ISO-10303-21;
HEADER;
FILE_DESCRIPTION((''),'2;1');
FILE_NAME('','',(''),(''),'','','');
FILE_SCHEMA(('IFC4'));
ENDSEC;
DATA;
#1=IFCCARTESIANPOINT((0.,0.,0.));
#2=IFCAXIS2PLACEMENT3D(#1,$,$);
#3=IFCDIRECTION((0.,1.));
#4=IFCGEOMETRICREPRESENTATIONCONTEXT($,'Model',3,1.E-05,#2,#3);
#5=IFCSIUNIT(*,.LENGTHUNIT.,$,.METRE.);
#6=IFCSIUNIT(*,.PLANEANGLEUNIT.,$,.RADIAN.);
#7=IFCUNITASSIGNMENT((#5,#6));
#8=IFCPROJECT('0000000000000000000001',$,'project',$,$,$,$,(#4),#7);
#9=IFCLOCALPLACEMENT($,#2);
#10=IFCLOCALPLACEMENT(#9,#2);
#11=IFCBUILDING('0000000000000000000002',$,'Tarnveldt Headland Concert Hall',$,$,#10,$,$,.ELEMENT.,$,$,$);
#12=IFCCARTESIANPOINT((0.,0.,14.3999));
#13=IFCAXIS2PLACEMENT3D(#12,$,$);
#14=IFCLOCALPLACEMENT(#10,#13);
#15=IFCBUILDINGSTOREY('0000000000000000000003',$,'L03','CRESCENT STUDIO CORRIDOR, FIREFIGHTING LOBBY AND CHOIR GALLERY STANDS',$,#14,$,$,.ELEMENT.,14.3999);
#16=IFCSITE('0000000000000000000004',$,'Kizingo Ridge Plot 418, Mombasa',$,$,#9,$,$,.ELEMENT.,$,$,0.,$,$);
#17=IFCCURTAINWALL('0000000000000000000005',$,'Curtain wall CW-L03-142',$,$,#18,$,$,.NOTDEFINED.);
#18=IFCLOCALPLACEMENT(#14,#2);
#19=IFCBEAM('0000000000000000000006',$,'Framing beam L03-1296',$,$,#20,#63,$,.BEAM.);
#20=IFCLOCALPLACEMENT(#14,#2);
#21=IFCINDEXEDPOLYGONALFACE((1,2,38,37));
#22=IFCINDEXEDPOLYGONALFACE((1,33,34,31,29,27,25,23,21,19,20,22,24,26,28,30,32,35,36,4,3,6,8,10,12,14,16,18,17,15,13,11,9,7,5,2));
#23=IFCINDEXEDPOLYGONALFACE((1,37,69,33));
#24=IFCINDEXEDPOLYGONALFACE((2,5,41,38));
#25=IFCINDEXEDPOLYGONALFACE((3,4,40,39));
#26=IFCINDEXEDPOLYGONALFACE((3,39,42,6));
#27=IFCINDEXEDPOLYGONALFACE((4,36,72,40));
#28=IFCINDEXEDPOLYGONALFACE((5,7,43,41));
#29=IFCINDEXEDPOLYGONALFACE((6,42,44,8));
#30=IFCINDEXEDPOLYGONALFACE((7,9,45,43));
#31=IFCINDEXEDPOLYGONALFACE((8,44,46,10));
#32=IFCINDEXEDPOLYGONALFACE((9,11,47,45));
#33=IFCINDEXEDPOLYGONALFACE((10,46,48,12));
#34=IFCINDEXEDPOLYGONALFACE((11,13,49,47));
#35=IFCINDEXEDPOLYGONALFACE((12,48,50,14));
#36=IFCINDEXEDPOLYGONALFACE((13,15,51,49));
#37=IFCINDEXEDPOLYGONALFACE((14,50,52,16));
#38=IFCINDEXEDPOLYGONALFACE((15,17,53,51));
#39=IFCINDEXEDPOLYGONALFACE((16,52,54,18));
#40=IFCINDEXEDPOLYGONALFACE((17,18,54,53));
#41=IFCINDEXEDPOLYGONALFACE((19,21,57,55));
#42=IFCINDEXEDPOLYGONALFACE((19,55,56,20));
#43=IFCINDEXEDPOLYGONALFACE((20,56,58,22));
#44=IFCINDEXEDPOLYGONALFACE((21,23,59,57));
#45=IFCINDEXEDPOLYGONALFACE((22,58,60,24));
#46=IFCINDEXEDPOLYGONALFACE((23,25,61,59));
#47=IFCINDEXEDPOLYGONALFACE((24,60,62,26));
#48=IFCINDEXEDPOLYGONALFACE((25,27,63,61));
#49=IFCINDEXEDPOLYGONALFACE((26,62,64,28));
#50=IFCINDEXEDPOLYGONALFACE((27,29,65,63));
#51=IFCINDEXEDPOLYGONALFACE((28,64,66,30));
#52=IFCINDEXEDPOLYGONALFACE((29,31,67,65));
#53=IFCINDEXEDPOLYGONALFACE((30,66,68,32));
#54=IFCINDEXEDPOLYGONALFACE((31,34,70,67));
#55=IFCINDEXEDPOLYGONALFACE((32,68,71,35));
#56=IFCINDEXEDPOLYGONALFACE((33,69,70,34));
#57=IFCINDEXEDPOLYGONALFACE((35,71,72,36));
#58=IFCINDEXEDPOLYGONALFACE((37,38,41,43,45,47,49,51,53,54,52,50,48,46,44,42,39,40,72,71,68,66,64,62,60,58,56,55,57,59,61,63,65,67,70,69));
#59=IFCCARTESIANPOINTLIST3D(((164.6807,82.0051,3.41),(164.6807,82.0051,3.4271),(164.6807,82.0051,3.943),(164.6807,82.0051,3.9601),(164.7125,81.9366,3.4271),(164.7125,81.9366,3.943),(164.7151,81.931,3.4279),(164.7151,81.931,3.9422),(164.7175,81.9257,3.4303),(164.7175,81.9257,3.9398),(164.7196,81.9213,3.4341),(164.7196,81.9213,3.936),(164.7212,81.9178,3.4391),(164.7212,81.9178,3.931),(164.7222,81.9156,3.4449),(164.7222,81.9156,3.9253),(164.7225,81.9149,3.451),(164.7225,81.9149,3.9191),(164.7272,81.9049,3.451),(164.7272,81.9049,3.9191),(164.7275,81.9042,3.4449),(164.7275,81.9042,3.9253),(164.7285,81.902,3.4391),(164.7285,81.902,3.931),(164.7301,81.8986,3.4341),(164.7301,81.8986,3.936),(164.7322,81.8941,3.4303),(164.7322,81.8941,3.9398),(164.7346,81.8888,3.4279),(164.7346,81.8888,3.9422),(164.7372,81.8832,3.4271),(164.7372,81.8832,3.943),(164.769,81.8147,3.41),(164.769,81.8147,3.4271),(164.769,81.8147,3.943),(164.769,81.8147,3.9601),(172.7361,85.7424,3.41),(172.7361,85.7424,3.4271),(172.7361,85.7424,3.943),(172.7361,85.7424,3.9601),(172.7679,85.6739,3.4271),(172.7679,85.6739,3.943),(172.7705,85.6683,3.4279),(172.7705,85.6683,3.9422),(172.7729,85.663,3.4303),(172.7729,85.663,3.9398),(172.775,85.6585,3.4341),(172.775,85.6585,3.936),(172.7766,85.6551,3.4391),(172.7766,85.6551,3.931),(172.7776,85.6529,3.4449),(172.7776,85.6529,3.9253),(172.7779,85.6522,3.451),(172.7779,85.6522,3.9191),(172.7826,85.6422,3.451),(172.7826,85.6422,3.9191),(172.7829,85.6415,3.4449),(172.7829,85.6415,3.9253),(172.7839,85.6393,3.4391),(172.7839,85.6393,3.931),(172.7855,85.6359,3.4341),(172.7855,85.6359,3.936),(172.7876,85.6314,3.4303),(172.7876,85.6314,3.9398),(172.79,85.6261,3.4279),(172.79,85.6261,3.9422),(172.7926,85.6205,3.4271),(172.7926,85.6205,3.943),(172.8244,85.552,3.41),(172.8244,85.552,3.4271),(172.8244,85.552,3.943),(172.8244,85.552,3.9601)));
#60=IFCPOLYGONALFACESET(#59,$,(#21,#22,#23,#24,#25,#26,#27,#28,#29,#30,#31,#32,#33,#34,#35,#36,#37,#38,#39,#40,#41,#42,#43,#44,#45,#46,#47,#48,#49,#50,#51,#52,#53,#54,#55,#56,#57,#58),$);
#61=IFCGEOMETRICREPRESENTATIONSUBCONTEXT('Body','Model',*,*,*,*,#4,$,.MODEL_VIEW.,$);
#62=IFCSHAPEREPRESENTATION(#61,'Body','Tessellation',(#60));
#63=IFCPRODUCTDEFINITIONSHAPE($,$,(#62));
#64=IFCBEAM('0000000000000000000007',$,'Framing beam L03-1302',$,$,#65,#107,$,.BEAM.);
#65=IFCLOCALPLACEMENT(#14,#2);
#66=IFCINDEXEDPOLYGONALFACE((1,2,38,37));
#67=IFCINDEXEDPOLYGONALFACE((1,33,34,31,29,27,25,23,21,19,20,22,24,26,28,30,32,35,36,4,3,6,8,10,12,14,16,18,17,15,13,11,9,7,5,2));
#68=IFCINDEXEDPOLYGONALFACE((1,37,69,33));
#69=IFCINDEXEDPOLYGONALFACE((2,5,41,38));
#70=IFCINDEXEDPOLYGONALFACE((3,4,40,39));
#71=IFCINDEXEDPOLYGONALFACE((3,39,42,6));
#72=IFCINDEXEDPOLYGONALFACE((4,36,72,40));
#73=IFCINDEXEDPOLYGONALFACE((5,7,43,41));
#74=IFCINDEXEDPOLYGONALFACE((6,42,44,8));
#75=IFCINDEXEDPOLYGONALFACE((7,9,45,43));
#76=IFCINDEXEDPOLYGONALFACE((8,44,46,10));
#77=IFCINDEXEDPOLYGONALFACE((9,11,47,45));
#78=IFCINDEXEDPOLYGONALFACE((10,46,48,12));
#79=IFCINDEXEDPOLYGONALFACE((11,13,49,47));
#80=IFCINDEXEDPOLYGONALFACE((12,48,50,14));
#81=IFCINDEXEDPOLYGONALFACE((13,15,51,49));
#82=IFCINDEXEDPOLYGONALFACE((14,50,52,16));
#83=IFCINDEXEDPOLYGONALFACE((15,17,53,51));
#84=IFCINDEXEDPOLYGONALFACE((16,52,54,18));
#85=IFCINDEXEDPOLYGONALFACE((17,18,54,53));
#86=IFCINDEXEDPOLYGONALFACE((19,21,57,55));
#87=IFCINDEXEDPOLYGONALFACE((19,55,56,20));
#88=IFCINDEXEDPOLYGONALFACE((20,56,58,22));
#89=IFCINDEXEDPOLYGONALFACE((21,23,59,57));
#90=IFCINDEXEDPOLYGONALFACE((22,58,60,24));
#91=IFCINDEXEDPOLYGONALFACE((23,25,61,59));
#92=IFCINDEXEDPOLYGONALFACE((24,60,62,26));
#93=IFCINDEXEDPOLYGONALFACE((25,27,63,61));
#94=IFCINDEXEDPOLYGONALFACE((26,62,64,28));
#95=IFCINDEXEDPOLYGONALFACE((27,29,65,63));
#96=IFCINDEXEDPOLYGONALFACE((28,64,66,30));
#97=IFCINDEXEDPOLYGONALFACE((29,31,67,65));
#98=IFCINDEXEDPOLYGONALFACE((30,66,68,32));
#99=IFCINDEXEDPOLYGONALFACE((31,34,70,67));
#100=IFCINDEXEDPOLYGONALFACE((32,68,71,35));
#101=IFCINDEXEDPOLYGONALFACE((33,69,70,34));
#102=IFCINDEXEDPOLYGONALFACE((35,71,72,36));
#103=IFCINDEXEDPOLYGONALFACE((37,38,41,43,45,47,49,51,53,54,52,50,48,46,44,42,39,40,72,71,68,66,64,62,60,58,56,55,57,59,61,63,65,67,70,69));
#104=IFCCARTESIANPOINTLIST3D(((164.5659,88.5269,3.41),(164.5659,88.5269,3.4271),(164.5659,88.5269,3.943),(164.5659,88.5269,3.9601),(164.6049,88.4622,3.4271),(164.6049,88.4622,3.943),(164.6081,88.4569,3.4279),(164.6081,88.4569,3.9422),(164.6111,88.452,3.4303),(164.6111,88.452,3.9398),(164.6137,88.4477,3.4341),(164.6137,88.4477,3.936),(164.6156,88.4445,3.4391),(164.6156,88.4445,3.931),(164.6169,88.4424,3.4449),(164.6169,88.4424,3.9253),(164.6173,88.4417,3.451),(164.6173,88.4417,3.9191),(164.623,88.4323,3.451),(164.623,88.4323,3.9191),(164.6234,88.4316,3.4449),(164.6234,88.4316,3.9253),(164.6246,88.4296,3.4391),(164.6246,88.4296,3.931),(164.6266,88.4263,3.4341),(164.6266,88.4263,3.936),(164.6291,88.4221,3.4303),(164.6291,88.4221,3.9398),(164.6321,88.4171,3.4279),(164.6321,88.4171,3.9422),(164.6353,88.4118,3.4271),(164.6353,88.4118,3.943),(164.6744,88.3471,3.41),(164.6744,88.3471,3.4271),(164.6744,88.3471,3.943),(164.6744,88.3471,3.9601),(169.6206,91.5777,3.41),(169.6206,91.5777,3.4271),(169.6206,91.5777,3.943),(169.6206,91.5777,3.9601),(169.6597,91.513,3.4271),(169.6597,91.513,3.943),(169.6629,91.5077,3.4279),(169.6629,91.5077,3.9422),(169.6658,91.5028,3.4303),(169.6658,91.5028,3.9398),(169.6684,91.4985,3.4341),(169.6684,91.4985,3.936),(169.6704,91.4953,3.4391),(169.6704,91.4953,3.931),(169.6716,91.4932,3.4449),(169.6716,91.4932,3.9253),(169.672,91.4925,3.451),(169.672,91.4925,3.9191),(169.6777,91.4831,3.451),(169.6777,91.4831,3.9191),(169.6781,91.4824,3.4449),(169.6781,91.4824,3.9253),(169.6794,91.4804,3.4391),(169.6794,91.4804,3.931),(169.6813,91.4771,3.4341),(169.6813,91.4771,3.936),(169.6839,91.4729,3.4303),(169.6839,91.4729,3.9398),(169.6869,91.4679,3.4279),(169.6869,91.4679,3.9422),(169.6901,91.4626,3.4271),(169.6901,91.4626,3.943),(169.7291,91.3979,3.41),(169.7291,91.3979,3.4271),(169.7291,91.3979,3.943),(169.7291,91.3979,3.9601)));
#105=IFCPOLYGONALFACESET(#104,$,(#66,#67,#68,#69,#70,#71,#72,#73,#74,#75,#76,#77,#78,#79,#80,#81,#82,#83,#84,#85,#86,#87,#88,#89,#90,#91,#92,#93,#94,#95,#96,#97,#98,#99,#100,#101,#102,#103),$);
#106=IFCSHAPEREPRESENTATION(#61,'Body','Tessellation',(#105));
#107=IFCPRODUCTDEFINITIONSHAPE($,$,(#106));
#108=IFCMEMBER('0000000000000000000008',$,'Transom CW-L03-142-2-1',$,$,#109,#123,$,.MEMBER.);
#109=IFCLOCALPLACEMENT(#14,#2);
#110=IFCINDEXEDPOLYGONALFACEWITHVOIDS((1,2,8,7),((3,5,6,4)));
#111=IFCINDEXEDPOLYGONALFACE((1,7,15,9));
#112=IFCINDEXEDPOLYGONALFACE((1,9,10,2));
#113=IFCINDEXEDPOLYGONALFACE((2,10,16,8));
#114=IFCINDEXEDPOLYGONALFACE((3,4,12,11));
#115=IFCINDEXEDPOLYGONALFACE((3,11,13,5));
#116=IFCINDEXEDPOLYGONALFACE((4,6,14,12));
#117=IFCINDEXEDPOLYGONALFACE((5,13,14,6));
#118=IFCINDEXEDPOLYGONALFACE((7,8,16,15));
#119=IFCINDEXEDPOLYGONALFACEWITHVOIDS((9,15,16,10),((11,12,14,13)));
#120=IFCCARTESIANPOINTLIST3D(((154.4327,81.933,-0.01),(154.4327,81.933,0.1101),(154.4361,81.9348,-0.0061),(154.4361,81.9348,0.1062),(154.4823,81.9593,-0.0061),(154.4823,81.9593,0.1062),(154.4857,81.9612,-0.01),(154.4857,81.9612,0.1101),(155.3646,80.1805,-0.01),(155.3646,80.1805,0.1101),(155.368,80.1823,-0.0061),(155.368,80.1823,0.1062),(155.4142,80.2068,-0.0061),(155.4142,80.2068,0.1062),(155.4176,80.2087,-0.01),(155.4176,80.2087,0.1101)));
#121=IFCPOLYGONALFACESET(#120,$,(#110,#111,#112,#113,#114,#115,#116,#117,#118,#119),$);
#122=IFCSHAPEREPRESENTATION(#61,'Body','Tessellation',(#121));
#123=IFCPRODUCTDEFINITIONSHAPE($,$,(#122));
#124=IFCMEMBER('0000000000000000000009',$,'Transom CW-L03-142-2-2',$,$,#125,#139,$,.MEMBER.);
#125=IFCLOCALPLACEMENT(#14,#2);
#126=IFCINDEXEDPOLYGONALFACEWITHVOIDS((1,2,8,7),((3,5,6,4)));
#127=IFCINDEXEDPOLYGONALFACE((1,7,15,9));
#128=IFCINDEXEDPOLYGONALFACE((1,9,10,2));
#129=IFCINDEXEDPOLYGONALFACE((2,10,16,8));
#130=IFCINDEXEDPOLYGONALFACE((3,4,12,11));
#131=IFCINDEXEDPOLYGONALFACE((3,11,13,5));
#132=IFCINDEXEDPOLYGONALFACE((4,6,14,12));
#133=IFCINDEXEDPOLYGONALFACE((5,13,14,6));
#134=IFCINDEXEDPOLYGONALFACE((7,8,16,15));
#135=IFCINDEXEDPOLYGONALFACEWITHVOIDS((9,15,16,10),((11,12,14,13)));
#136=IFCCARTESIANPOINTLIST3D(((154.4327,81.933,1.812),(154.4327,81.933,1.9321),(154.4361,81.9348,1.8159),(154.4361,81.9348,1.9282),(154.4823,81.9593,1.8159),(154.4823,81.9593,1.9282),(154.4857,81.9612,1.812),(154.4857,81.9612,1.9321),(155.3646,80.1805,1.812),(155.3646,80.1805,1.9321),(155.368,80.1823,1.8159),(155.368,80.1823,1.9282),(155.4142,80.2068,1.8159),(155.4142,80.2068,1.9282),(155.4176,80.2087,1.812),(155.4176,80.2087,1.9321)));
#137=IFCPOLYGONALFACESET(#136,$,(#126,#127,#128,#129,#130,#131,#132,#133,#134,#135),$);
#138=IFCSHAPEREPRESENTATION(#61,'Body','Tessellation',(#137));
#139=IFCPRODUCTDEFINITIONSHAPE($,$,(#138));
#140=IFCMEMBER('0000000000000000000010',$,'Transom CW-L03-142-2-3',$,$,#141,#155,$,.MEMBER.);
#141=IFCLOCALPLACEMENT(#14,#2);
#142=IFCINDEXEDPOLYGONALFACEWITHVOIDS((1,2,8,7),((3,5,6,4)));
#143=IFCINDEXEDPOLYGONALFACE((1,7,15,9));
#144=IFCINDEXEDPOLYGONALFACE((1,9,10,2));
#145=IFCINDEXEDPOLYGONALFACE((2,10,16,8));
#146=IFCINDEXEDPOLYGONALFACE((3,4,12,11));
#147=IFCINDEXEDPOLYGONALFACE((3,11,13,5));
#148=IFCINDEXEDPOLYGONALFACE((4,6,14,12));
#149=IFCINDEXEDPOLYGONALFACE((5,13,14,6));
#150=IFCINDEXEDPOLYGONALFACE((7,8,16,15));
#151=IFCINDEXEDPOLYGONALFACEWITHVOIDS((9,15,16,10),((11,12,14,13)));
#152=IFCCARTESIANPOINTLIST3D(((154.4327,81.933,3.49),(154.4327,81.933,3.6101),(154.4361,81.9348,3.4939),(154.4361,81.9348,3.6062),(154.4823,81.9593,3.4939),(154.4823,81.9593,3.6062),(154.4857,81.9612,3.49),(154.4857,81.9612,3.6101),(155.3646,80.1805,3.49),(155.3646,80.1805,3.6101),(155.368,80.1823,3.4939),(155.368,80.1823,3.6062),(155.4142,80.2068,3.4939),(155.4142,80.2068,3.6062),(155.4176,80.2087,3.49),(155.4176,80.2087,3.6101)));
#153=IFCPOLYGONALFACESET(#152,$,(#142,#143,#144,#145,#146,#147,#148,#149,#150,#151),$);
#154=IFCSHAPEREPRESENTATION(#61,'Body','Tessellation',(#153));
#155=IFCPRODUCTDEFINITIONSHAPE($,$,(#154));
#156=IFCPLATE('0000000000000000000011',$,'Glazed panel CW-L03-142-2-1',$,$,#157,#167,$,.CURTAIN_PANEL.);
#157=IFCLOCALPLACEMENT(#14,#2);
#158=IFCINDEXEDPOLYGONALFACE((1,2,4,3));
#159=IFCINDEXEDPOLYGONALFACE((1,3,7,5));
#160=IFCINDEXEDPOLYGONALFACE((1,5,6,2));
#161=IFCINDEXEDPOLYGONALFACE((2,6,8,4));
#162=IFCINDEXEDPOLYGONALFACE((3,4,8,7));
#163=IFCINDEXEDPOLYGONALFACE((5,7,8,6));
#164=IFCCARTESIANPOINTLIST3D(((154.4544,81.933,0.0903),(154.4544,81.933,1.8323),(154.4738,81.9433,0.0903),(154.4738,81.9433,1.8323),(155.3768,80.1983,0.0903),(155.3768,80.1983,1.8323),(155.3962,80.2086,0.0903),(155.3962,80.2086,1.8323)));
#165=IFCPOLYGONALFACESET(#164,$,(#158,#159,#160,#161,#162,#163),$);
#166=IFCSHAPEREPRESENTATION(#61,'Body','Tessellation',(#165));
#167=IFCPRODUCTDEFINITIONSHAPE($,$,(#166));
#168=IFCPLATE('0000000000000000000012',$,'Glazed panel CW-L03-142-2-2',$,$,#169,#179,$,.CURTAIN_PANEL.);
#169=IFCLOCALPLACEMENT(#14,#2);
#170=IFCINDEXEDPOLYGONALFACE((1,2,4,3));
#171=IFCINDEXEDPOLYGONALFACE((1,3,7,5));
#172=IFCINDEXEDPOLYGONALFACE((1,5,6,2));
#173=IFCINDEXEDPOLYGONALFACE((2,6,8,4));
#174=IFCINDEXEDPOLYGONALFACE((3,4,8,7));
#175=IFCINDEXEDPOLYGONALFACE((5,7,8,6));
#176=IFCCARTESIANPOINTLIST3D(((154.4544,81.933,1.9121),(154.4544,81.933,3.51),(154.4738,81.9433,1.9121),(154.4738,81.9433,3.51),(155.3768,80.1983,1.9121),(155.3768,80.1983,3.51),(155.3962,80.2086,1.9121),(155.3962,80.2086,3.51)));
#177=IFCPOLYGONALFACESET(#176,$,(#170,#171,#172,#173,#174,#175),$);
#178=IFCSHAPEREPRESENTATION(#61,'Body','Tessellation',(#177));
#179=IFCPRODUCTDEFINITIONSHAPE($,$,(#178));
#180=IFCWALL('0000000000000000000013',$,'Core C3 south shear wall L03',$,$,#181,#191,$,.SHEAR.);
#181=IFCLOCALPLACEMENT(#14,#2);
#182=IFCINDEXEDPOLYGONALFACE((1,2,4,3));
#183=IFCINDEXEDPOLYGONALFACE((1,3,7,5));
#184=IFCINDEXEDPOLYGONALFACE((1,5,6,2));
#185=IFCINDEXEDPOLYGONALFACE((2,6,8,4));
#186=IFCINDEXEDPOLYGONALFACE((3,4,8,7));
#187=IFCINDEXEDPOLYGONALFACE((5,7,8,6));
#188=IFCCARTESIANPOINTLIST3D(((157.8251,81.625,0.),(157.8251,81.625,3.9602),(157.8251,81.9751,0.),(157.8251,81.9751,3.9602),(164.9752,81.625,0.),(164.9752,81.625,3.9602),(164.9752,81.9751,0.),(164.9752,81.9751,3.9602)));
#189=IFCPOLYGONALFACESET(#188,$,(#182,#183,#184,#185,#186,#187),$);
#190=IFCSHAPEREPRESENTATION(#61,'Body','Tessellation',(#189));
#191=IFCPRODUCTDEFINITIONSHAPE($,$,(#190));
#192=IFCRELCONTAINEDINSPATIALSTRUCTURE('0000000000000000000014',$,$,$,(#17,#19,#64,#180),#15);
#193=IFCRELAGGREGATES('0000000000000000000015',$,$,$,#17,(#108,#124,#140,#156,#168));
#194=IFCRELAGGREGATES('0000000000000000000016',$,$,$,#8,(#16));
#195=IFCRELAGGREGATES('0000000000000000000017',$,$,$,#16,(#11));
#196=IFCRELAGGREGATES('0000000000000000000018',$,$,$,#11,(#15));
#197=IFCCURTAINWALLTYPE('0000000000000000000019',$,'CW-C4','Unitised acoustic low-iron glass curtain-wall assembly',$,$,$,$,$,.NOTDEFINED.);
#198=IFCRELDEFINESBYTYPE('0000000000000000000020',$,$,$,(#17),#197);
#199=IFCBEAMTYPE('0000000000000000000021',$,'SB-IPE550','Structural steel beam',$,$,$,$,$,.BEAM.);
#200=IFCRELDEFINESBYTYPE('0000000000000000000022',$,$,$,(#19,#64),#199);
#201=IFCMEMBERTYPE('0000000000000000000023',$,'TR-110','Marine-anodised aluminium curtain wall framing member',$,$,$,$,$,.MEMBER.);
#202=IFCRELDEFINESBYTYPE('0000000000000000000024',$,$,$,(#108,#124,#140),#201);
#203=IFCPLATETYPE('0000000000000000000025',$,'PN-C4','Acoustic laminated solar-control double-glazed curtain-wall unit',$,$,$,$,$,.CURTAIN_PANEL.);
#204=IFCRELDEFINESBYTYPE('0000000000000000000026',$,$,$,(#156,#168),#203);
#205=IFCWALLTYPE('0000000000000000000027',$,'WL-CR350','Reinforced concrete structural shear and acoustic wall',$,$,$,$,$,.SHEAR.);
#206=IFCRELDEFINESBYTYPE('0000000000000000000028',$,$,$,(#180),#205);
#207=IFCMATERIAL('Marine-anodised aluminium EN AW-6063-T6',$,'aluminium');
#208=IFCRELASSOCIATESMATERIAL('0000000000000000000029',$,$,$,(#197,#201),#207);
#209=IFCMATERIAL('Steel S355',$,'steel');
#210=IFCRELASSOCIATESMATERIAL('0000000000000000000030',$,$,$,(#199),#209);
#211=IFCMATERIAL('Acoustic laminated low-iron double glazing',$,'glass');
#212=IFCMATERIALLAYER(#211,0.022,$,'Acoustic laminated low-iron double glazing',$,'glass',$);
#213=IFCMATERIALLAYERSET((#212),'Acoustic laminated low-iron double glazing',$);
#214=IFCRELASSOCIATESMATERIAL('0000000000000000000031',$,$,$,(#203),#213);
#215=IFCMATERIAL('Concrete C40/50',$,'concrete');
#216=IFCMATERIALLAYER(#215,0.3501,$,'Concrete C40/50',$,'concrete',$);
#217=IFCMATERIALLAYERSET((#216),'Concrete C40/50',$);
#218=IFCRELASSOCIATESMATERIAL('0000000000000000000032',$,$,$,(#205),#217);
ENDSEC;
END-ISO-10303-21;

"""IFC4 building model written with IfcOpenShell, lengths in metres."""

from ifc_helpers import new_model, si_unit, direction, frame, frame_2d, origin, origin_2d, place, context, subcontext, project, spatial, rectangle, hollow_rectangle, i_section, extrude, material, layer, layer_set, material_profile, profile_set, type_object, element, aggregate, save


model = new_model("IFC4")

# Units and contexts
model_context = context("Model", 3, precision=1e-05, world=origin(), true_north=direction((0.0, 1.0)))
body_context = subcontext(model_context, "Body", "Model", "MODEL_VIEW")
ifc_project = project(units=[si_unit("LENGTHUNIT", "METRE"), si_unit("PLANEANGLEUNIT", "RADIAN")], contexts=[model_context])

# Site, building, storey
site_placement = place(None, origin())
site = spatial("IfcSite", under=ifc_project, at=site_placement, Name="Kizingo Ridge Plot 418, Mombasa", CompositionType="ELEMENT", RefElevation=0.0)
building_placement = place(site_placement, origin())
building = spatial("IfcBuilding", under=site, at=building_placement, Name="Tarnveldt Headland Concert Hall", CompositionType="ELEMENT")
storey_placement = place(building_placement, frame((0.0, 0.0, 14.3999)))
storey = spatial("IfcBuildingStorey", under=building, at=storey_placement, Name="L03", Description="CRESCENT STUDIO CORRIDOR, FIREFIGHTING LOBBY AND CHOIR GALLERY STANDS", CompositionType="ELEMENT", Elevation=14.3999)

# Shared definitions
ifc_material_1 = material(Name="Steel S355", Category="steel")

# Curtain wall
ifc_material_2 = material(Name="Marine-anodised aluminium EN AW-6063-T6", Category="aluminium")
curtain_wall_type = type_object("IfcCurtainWallType", Name="CW-C4", Description="Unitised acoustic low-iron glass curtain-wall assembly", PredefinedType="NOTDEFINED", material=ifc_material_2)
curtain_wall_placement = place(storey_placement, origin())
curtain_wall = element("IfcCurtainWall", 1, at=curtain_wall_placement, inside=storey, type_object=curtain_wall_type, Name="Curtain wall CW-L03-142", PredefinedType="NOTDEFINED")

# Beams
ifc_material_profile_1 = material_profile(ifc_material_1, i_section(OverallWidth=0.21, OverallDepth=0.55, WebThickness=0.011, FlangeThickness=0.0171, FilletRadius=0.0239, at=origin_2d()), Name="IPE550", Category="steel")
ifc_profile_set_1 = profile_set([ifc_material_profile_1], Name="Steel S355")
beam_type_1 = type_object("IfcBeamType", Name="SB-IPE550", Description="Structural steel beam", PredefinedType="BEAM", material=ifc_profile_set_1)
beam_1_placement = place(storey_placement, frame((164.7249, 81.9099, 3.6851), z_axis=(0.907126, 0.42086, 0.0), x_axis=(-0.42086, 0.907126, 0.0)))
element("IfcBeam", 2, at=beam_1_placement, inside=storey, type_object=beam_type_1, Name="Framing beam L03-1296", PredefinedType="BEAM", context=body_context, shape_type="SweptSolid", body=[
    extrude(i_section(OverallWidth=0.21, OverallDepth=0.55, WebThickness=0.011, FlangeThickness=0.0171, FilletRadius=0.0239, at=origin_2d()), origin(), (0.0, 0.0, 1.0), 8.8801),
])
beam_2_placement = place(storey_placement, frame((164.6201, 88.437, 3.6851), z_axis=(0.856147, 0.516732, 0.0), x_axis=(-0.516732, 0.856147, 0.0)))
element("IfcBeam", 3, at=beam_2_placement, inside=storey, type_object=beam_type_1, Name="Framing beam L03-1302", PredefinedType="BEAM", context=body_context, shape_type="SweptSolid", body=[
    extrude(i_section(OverallWidth=0.21, OverallDepth=0.55, WebThickness=0.011, FlangeThickness=0.0171, FilletRadius=0.0239, at=origin_2d()), origin(), (0.0, 0.0, 1.0), 5.9041),
])

# Members
ifc_material_profile_2 = material_profile(ifc_material_2, hollow_rectangle(XDim=0.0601, YDim=0.1201, WallThickness=0.0039, at=origin_2d()), Name="ALU TRANSOM 60x120x4", Category="aluminium")
ifc_profile_set_2 = profile_set([ifc_material_profile_2], Name="Marine-anodised aluminium EN AW-6063-T6")
member_type_1 = type_object("IfcMemberType", Name="TR-110", Description="Marine-anodised aluminium curtain wall framing member", PredefinedType="MEMBER", material=ifc_profile_set_2)
member_1_placement = place(storey_placement, frame((155.3911, 80.1946, 0.05), z_axis=(-0.469509, 0.882928, 0.0), x_axis=(-0.882928, -0.469509, 0.0)))
member_1 = element("IfcMember", 4, at=member_1_placement, type_object=member_type_1, Name="Transom CW-L03-142-2-1", PredefinedType="MEMBER", context=body_context, shape_type="SweptSolid", body=[
    extrude(hollow_rectangle(XDim=0.0601, YDim=0.1201, WallThickness=0.0039, at=origin_2d()), origin(), (0.0, 0.0, 1.0), 1.9849),
])
member_2_placement = place(storey_placement, frame((155.3911, 80.1946, 1.8721), z_axis=(-0.469509, 0.882928, 0.0), x_axis=(-0.882928, -0.469509, 0.0)))
member_2 = element("IfcMember", 5, at=member_2_placement, type_object=member_type_1, Name="Transom CW-L03-142-2-2", PredefinedType="MEMBER", context=body_context, shape_type="SweptSolid", body=[
    extrude(hollow_rectangle(XDim=0.0601, YDim=0.1201, WallThickness=0.0039, at=origin_2d()), origin(), (0.0, 0.0, 1.0), 1.9849),
])
member_3_placement = place(storey_placement, frame((155.3911, 80.1946, 3.55), z_axis=(-0.469509, 0.882928, 0.0), x_axis=(-0.882928, -0.469509, 0.0)))
member_3 = element("IfcMember", 6, at=member_3_placement, type_object=member_type_1, Name="Transom CW-L03-142-2-3", PredefinedType="MEMBER", context=body_context, shape_type="SweptSolid", body=[
    extrude(hollow_rectangle(XDim=0.0601, YDim=0.1201, WallThickness=0.0039, at=origin_2d()), origin(), (0.0, 0.0, 1.0), 1.9849),
])

# Plates
ifc_material_3 = material(Name="Acoustic laminated low-iron double glazing", Category="glass")
ifc_layer_1 = layer(ifc_material_3, 0.022, Name="Acoustic laminated low-iron double glazing", Category="glass")
ifc_layer_set_1 = layer_set([ifc_layer_1], Name="Acoustic laminated low-iron double glazing")
plate_type = type_object("IfcPlateType", Name="PN-C4", Description="Acoustic laminated solar-control double-glazed curtain-wall unit", PredefinedType="CURTAIN_PANEL", material=ifc_layer_set_1)
plate_1_placement = place(storey_placement, frame((154.9253, 81.0708, 0.0903), z_axis=(0.0, 0.0, 1.0), x_axis=(-0.469472, 0.882948, 0.0)))
plate_1 = element("IfcPlate", 7, at=plate_1_placement, type_object=plate_type, Name="Glazed panel CW-L03-142-2-1", PredefinedType="CURTAIN_PANEL", context=body_context, shape_type="SweptSolid", body=[
    extrude(rectangle(XDim=1.9646, YDim=0.022, at=origin_2d()), origin(), (0.0, 0.0, 1.0), 1.7419),
])
plate_2_placement = place(storey_placement, frame((154.9253, 81.0708, 1.9121), z_axis=(0.0, 0.0, 1.0), x_axis=(-0.469472, 0.882948, 0.0)))
plate_2 = element("IfcPlate", 8, at=plate_2_placement, type_object=plate_type, Name="Glazed panel CW-L03-142-2-2", PredefinedType="CURTAIN_PANEL", context=body_context, shape_type="SweptSolid", body=[
    extrude(rectangle(XDim=1.9646, YDim=0.022, at=origin_2d()), origin(), (0.0, 0.0, 1.0), 1.5979),
])
aggregate(curtain_wall, [member_1, member_2, member_3, plate_1, plate_2])

# Wall
ifc_material_4 = material(Name="Concrete C40/50", Category="concrete")
ifc_layer_2 = layer(ifc_material_4, 0.3501, Name="Concrete C40/50", Category="concrete")
ifc_layer_set_2 = layer_set([ifc_layer_2], Name="Concrete C40/50")
wall_type_1 = type_object("IfcWallType", Name="WL-CR350", Description="Reinforced concrete structural shear and acoustic wall", PredefinedType="SHEAR", material=ifc_layer_set_2)
wall_1_placement = place(storey_placement, frame((157.825, 81.8, 0.0), z_axis=(0.0, 0.0, 1.0), x_axis=(1.0, 0.0, 0.0)))
element("IfcWall", 9, at=wall_1_placement, inside=storey, type_object=wall_type_1, Name="Core C3 south shear wall L03", PredefinedType="SHEAR", context=body_context, shape_type="SweptSolid", body=[
    extrude(rectangle(XDim=7.1501, YDim=0.3501, at=frame_2d((3.5752, 0.0))), origin(), (0.0, 0.0, 1.0), 3.9602),
])

save(model, "model.ifc")
